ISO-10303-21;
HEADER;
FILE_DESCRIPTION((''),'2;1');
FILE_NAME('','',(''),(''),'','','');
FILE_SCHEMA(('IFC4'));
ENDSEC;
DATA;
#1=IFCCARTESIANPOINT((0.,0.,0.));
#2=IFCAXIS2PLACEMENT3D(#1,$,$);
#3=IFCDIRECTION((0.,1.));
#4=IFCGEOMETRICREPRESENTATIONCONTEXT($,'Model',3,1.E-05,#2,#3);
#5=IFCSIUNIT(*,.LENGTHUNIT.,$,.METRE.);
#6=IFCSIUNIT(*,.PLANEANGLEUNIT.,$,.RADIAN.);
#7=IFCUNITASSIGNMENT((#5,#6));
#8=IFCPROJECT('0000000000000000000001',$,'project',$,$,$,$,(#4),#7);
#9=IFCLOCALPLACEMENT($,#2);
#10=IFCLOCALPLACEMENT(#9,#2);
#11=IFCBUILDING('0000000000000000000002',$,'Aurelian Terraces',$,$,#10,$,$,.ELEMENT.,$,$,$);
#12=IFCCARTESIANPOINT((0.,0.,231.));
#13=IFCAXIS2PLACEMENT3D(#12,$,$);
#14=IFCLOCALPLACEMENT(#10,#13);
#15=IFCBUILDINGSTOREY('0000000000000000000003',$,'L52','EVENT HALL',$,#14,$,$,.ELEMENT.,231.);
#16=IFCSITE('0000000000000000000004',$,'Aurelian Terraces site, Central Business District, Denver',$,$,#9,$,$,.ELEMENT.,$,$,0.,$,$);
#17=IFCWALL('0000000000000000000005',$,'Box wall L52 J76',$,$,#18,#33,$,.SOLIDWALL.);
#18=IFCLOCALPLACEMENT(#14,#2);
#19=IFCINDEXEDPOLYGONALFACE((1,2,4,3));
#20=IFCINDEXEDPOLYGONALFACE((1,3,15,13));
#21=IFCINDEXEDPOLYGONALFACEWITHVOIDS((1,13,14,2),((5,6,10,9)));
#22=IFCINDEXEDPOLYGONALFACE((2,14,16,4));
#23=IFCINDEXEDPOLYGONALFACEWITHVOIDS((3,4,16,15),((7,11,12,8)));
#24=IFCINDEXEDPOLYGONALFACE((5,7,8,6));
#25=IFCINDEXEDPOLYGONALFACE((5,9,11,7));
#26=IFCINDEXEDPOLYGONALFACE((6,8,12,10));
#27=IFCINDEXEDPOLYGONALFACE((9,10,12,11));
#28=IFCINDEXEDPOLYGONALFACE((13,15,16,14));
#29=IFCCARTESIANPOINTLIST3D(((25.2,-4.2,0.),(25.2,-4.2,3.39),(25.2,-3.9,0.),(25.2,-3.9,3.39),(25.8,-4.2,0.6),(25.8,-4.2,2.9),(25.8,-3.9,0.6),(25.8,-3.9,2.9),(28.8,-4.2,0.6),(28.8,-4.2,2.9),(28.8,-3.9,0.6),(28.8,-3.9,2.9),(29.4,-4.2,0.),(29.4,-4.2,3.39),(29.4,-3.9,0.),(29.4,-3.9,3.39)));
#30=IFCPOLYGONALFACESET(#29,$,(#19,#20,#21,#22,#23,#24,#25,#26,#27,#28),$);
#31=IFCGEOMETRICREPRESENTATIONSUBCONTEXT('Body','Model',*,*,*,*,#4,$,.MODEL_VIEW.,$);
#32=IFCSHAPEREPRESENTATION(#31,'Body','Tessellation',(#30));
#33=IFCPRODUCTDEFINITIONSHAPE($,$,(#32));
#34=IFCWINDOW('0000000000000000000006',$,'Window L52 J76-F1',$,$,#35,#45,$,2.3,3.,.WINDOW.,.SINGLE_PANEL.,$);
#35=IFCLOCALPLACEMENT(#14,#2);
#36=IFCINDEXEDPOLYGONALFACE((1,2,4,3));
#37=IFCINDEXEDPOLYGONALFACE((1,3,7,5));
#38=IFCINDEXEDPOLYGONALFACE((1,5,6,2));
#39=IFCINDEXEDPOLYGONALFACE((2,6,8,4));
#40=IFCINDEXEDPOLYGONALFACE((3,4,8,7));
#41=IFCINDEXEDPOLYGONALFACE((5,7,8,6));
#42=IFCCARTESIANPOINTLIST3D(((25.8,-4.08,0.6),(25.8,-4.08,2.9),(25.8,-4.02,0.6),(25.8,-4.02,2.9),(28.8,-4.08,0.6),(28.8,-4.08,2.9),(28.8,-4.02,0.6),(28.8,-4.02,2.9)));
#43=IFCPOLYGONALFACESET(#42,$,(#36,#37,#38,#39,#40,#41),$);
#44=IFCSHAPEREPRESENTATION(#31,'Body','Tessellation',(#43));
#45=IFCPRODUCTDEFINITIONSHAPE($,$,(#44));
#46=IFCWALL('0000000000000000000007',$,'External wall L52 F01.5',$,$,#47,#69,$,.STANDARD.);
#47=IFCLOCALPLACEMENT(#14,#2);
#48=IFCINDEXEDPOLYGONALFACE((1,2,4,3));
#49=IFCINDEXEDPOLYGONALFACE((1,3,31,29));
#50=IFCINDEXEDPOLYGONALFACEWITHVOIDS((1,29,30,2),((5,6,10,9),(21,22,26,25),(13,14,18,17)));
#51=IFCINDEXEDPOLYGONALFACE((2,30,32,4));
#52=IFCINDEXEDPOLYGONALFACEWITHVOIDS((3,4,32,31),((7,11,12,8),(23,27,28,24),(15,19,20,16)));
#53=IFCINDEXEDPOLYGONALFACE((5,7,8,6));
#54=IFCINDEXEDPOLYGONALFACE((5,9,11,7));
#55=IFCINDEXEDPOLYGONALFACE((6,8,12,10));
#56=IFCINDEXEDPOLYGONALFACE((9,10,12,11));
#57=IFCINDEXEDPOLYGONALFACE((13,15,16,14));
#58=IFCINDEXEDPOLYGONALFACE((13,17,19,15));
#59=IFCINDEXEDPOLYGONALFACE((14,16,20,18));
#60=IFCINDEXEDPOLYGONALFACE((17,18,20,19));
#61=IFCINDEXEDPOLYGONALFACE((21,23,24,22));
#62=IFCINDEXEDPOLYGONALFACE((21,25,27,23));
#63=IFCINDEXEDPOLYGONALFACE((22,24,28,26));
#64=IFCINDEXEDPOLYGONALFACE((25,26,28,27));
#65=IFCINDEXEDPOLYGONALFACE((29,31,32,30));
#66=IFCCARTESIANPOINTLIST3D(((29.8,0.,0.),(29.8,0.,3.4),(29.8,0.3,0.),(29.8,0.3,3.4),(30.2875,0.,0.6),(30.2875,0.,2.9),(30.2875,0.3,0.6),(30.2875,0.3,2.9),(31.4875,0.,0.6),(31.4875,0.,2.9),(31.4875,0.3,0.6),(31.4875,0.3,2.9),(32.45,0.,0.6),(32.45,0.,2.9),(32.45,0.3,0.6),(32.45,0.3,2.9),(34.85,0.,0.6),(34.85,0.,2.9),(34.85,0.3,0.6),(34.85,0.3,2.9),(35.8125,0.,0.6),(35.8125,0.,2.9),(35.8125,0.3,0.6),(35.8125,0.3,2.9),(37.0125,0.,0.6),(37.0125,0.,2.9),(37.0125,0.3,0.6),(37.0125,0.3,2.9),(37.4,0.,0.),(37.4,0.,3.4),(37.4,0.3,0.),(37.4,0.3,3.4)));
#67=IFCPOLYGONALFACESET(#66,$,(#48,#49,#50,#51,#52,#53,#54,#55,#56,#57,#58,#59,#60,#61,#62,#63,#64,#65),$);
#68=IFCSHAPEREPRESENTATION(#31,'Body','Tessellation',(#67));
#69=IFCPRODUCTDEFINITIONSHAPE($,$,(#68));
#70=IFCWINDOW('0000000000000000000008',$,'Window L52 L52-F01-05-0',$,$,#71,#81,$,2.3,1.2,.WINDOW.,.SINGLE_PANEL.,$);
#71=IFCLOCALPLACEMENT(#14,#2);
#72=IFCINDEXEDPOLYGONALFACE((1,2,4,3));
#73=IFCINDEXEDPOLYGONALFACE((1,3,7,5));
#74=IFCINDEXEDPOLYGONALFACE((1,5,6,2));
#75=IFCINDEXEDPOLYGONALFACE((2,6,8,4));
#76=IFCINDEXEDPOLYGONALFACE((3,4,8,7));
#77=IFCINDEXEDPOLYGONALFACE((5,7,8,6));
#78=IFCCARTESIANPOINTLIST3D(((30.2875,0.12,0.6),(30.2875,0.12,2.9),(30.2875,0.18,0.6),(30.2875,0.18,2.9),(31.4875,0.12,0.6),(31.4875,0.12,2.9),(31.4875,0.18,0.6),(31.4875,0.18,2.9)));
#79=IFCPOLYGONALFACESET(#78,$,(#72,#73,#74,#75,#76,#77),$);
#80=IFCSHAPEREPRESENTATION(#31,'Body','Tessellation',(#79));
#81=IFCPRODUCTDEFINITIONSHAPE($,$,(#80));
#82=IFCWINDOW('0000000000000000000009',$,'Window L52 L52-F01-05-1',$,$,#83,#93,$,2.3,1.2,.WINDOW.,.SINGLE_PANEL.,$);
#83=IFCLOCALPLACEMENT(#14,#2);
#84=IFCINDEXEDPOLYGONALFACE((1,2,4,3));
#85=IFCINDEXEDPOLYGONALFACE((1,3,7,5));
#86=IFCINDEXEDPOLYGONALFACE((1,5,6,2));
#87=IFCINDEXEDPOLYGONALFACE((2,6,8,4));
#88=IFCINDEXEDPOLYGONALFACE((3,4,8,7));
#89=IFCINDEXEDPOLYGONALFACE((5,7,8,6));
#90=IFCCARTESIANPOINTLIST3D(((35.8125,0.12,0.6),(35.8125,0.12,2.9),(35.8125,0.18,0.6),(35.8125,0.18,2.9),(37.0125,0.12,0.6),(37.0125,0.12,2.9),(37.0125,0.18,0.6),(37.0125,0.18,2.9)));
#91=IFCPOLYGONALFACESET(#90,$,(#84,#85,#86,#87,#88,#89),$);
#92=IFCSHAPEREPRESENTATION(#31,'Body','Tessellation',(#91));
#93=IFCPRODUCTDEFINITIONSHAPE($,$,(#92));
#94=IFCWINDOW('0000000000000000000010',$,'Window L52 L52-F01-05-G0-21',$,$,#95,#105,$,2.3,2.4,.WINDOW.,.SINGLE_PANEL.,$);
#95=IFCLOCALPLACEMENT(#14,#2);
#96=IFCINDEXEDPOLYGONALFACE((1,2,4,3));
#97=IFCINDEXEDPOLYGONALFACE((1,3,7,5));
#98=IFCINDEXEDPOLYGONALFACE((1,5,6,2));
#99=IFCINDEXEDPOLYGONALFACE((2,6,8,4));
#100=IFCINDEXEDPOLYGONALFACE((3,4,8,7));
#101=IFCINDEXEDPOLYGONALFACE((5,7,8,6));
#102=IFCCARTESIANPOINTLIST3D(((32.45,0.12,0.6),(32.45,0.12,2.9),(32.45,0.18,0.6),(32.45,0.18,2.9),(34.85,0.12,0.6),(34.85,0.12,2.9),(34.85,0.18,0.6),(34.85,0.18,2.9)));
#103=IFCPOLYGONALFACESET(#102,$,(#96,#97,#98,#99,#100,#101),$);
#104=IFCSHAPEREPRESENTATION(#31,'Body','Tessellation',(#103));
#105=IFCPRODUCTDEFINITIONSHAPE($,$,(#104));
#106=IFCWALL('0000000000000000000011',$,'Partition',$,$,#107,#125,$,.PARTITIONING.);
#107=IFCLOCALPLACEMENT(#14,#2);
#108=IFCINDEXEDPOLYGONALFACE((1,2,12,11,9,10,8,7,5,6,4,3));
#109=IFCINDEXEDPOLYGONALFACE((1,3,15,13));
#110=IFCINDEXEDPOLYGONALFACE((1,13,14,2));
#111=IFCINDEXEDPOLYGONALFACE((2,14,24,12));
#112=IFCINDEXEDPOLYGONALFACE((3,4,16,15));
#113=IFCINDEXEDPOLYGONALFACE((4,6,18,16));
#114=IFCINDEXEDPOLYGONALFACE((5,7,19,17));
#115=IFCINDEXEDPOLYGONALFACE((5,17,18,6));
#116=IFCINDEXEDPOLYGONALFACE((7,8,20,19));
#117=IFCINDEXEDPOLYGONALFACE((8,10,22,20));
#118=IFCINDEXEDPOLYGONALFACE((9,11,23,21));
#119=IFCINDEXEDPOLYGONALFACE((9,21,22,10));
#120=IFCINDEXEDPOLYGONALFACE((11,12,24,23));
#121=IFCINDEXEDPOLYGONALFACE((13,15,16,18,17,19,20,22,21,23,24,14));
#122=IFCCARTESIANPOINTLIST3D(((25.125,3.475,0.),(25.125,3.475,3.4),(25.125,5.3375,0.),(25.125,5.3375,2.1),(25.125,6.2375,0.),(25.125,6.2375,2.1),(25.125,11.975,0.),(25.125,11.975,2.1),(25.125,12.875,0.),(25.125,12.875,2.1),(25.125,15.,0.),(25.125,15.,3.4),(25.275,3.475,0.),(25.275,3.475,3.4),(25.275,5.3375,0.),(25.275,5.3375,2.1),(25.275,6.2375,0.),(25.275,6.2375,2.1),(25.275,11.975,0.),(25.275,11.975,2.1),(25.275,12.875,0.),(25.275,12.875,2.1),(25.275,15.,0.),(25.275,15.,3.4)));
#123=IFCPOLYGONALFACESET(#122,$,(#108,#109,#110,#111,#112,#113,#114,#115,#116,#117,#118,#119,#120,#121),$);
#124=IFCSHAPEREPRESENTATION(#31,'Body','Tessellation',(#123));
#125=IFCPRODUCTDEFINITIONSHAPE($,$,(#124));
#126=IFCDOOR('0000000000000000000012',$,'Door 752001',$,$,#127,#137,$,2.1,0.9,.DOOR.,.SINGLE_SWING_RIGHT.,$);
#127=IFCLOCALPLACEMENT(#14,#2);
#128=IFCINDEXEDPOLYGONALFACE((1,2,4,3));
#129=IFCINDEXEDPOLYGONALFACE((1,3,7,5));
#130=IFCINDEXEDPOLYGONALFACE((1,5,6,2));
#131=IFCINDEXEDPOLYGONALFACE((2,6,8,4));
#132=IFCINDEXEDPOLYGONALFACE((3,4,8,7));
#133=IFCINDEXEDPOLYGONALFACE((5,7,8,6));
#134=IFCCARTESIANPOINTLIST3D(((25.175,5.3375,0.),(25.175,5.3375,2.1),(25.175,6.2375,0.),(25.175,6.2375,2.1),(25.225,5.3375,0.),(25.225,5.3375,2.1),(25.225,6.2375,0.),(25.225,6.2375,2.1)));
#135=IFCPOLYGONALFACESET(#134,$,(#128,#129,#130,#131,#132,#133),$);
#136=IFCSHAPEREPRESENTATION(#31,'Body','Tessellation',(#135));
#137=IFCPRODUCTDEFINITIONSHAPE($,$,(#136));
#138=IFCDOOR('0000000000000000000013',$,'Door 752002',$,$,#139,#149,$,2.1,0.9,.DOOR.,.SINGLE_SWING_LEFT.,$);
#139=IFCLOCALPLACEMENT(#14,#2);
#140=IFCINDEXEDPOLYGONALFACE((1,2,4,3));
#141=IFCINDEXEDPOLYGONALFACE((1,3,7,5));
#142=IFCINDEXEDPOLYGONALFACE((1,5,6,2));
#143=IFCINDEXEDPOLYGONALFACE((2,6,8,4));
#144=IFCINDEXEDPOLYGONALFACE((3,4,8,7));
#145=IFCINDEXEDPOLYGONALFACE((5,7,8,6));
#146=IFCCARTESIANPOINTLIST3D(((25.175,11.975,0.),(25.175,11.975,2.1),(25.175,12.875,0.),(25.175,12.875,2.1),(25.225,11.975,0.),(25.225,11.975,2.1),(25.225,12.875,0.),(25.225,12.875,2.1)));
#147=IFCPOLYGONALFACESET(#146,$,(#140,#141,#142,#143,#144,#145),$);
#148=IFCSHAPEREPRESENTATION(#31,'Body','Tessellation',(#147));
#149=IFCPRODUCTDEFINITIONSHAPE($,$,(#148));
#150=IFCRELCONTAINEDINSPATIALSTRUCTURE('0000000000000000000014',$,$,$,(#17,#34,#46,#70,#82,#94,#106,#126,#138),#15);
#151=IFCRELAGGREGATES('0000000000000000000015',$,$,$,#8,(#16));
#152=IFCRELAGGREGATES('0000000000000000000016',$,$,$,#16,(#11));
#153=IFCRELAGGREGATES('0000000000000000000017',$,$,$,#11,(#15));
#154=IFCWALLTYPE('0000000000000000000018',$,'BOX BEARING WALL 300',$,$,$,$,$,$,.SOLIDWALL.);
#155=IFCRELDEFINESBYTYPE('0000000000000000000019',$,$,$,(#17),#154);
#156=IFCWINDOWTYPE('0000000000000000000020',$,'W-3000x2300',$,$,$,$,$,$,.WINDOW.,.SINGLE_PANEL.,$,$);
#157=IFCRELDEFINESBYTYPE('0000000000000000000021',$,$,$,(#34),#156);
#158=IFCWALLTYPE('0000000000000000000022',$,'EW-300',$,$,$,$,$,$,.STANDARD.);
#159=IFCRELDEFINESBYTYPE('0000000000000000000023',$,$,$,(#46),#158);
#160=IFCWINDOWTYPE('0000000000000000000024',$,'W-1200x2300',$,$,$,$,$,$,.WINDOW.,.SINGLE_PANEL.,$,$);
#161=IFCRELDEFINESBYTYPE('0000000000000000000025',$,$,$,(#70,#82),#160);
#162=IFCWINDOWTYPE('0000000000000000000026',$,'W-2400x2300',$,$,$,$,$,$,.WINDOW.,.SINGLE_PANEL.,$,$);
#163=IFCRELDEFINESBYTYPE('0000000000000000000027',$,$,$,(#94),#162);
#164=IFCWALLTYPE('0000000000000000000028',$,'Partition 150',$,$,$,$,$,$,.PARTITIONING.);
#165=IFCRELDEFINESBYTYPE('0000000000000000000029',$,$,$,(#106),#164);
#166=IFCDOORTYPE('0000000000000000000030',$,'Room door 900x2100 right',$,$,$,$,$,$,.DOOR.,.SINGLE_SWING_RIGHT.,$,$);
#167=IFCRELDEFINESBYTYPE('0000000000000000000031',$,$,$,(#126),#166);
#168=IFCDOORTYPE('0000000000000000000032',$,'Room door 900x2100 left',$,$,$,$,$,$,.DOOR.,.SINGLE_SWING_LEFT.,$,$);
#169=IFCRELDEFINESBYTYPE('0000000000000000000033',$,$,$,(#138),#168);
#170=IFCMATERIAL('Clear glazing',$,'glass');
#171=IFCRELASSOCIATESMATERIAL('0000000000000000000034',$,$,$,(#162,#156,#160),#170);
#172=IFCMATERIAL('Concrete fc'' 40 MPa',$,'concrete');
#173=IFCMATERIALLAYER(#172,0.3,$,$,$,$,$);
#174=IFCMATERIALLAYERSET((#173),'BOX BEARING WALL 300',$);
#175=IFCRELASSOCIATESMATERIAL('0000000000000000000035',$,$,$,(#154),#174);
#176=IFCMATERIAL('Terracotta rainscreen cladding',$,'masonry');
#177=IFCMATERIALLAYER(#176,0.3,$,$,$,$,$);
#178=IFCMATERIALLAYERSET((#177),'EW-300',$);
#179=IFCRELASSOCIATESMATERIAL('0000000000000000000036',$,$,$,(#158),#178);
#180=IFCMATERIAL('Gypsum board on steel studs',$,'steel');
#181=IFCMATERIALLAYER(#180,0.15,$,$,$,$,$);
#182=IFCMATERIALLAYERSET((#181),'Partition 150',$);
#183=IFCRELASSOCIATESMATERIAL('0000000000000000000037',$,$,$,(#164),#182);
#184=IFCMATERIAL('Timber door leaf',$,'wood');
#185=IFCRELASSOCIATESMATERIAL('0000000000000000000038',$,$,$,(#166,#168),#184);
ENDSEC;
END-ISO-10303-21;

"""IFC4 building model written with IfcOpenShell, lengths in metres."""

from ifc_helpers import new_model, si_unit, direction, frame, frame_2d, origin, place, context, subcontext, project, spatial, rectangle, extrude, source, transform, mapped, material, layer, layer_set, type_object, element, fill, save


model = new_model("IFC4")

# Units and contexts
model_context = context("Model", 3, precision=1e-05, world=origin(), true_north=direction((0.0, 1.0)))
body_context = subcontext(model_context, "Body", "Model", "MODEL_VIEW")
ifc_project = project(units=[si_unit("LENGTHUNIT", "METRE"), si_unit("PLANEANGLEUNIT", "RADIAN")], contexts=[model_context])

# Site, building, storey
site_placement = place(None, origin())
site = spatial("IfcSite", under=ifc_project, at=site_placement, Name="Aurelian Terraces site, Central Business District, Denver", CompositionType="ELEMENT", RefElevation=0.0)
building_placement = place(site_placement, origin())
building = spatial("IfcBuilding", under=site, at=building_placement, Name="Aurelian Terraces", CompositionType="ELEMENT")
storey_placement = place(building_placement, frame((0.0, 0.0, 231.0)))
storey = spatial("IfcBuildingStorey", under=building, at=storey_placement, Name="L52", Description="EVENT HALL", CompositionType="ELEMENT", Elevation=231.0)

# Wall, opening, window
ifc_material_1 = material(Name="Concrete fc' 40 MPa", Category="concrete")
ifc_material_2 = material(Name="Clear glazing", Category="glass")
window_type_1 = type_object("IfcWindowType", Name="W-2400x2300", PartitioningType="SINGLE_PANEL", PredefinedType="WINDOW", material=ifc_material_2)
shared_shape_1 = source(origin(), body_context, "Body", "SweptSolid", [
    extrude(rectangle(XDim=2.4, YDim=2.3, at=frame_2d((1.2, 1.15))), frame((0.0, 0.03, 0.0), z_axis=(0.0, -1.0, 0.0), x_axis=(1.0, 0.0, 0.0)), (0.0, 0.0, 1.0), 0.06),
])
ifc_layer_1 = layer(ifc_material_1, 0.3)
ifc_layer_set_1 = layer_set([ifc_layer_1], Name="BOX BEARING WALL 300")
wall_type_1 = type_object("IfcWallType", Name="BOX BEARING WALL 300", PredefinedType="SOLIDWALL", material=ifc_layer_set_1)
shared_shape_2 = source(origin(), body_context, "Body", "SweptSolid", [
    extrude(rectangle(XDim=4.2, YDim=0.3, at=frame_2d((2.1, 0.0))), origin(), (0.0, 0.0, 1.0), 3.39),
])
wall_1_placement = place(storey_placement, frame((25.2, -4.05, 0.0), z_axis=(0.0, 0.0, 1.0), x_axis=(1.0, 0.0, 0.0)))
wall_1 = element("IfcWall", 1, at=wall_1_placement, inside=storey, type_object=wall_type_1, Name="Box wall L52 J76", PredefinedType="SOLIDWALL", context=body_context, shape_type="MappedRepresentation", body=[
    mapped(shared_shape_2, transform((0.0, 0.0, 0.0), scale=1.0)),
])
shared_shape_3 = source(origin(), body_context, "Body", "SweptSolid", [
    extrude(rectangle(XDim=3.0, YDim=2.3, at=frame_2d((1.5, 1.15))), frame((0.0, 0.16, 0.0), z_axis=(0.0, -1.0, 0.0), x_axis=(1.0, 0.0, 0.0)), (0.0, 0.0, 1.0), 0.32),
])
opening_1_placement = place(wall_1_placement, frame((0.6, 0.0, 0.6)))
opening_1 = element("IfcOpeningElement", 2, at=opening_1_placement, cuts=wall_1, PredefinedType="OPENING", context=body_context, shape_type="MappedRepresentation", body=[
    mapped(shared_shape_3, transform((0.0, 0.0, 0.0), scale=1.0)),
])
window_type_2 = type_object("IfcWindowType", Name="W-3000x2300", PartitioningType="SINGLE_PANEL", PredefinedType="WINDOW", material=ifc_material_2)
shared_shape_4 = source(origin(), body_context, "Body", "SweptSolid", [
    extrude(rectangle(XDim=3.0, YDim=2.3, at=frame_2d((1.5, 1.15))), frame((0.0, 0.03, 0.0), z_axis=(0.0, -1.0, 0.0), x_axis=(1.0, 0.0, 0.0)), (0.0, 0.0, 1.0), 0.06),
])
window_1_placement = place(opening_1_placement, origin())
window_1 = element("IfcWindow", 3, at=window_1_placement, inside=storey, type_object=window_type_2, Name="Window L52 J76-F1", OverallHeight=2.3, OverallWidth=3.0, PartitioningType="SINGLE_PANEL", PredefinedType="WINDOW", context=body_context, shape_type="MappedRepresentation", body=[
    mapped(shared_shape_4, transform((0.0, 0.0, 0.0), scale=1.0)),
])
fill(opening_1, window_1)

# Wall, openings, windows
ifc_material_3 = material(Name="Terracotta rainscreen cladding", Category="masonry")
ifc_layer_2 = layer(ifc_material_3, 0.3)
ifc_layer_set_2 = layer_set([ifc_layer_2], Name="EW-300")
wall_type_2 = type_object("IfcWallType", Name="EW-300", PredefinedType="STANDARD", material=ifc_layer_set_2)
shared_shape_5 = source(origin(), body_context, "Body", "SweptSolid", [
    extrude(rectangle(XDim=7.6, YDim=0.3, at=frame_2d((3.8, 0.0))), origin(), (0.0, 0.0, 1.0), 3.4),
])
wall_2_placement = place(storey_placement, frame((29.8, 0.15, 0.0), z_axis=(0.0, 0.0, 1.0), x_axis=(1.0, 0.0, 0.0)))
wall_2 = element("IfcWall", 4, at=wall_2_placement, inside=storey, type_object=wall_type_2, Name="External wall L52 F01.5", PredefinedType="STANDARD", context=body_context, shape_type="MappedRepresentation", body=[
    mapped(shared_shape_5, transform((0.0, 0.0, 0.0), scale=1.0)),
])
shared_shape_6 = source(origin(), body_context, "Body", "SweptSolid", [
    extrude(rectangle(XDim=1.2, YDim=2.3, at=frame_2d((0.6, 1.15))), frame((0.0, 0.16, 0.0), z_axis=(0.0, -1.0, 0.0), x_axis=(1.0, 0.0, 0.0)), (0.0, 0.0, 1.0), 0.32),
])
opening_2_placement = place(wall_2_placement, frame((0.4875, 0.0, 0.6)))
opening_2 = element("IfcOpeningElement", 5, at=opening_2_placement, cuts=wall_2, PredefinedType="OPENING", context=body_context, shape_type="MappedRepresentation", body=[
    mapped(shared_shape_6, transform((0.0, 0.0, 0.0), scale=1.0)),
])
opening_3_placement = place(wall_2_placement, frame((6.0125, 0.0, 0.6)))
opening_3 = element("IfcOpeningElement", 6, at=opening_3_placement, cuts=wall_2, PredefinedType="OPENING", context=body_context, shape_type="MappedRepresentation", body=[
    mapped(shared_shape_6, transform((0.0, 0.0, 0.0), scale=1.0)),
])
shared_shape_7 = source(origin(), body_context, "Body", "SweptSolid", [
    extrude(rectangle(XDim=2.4, YDim=2.3, at=frame_2d((1.2, 1.15))), frame((0.0, 0.16, 0.0), z_axis=(0.0, -1.0, 0.0), x_axis=(1.0, 0.0, 0.0)), (0.0, 0.0, 1.0), 0.32),
])
opening_4_placement = place(wall_2_placement, frame((2.65, 0.0, 0.6)))
opening_4 = element("IfcOpeningElement", 7, at=opening_4_placement, cuts=wall_2, PredefinedType="OPENING", context=body_context, shape_type="MappedRepresentation", body=[
    mapped(shared_shape_7, transform((0.0, 0.0, 0.0), scale=1.0)),
])
window_type_3 = type_object("IfcWindowType", Name="W-1200x2300", PartitioningType="SINGLE_PANEL", PredefinedType="WINDOW", material=ifc_material_2)
shared_shape_8 = source(origin(), body_context, "Body", "SweptSolid", [
    extrude(rectangle(XDim=1.2, YDim=2.3, at=frame_2d((0.6, 1.15))), frame((0.0, 0.03, 0.0), z_axis=(0.0, -1.0, 0.0), x_axis=(1.0, 0.0, 0.0)), (0.0, 0.0, 1.0), 0.06),
])
window_2_placement = place(opening_2_placement, origin())
window_2 = element("IfcWindow", 8, at=window_2_placement, inside=storey, type_object=window_type_3, Name="Window L52 L52-F01-05-0", OverallHeight=2.3, OverallWidth=1.2, PartitioningType="SINGLE_PANEL", PredefinedType="WINDOW", context=body_context, shape_type="MappedRepresentation", body=[
    mapped(shared_shape_8, transform((0.0, 0.0, 0.0), scale=1.0)),
])
fill(opening_2, window_2)
window_3_placement = place(opening_3_placement, origin())
window_3 = element("IfcWindow", 9, at=window_3_placement, inside=storey, type_object=window_type_3, Name="Window L52 L52-F01-05-1", OverallHeight=2.3, OverallWidth=1.2, PartitioningType="SINGLE_PANEL", PredefinedType="WINDOW", context=body_context, shape_type="MappedRepresentation", body=[
    mapped(shared_shape_8, transform((0.0, 0.0, 0.0), scale=1.0)),
])
fill(opening_3, window_3)
window_4_placement = place(opening_4_placement, origin())
window_4 = element("IfcWindow", 10, at=window_4_placement, inside=storey, type_object=window_type_1, Name="Window L52 L52-F01-05-G0-21", OverallHeight=2.3, OverallWidth=2.4, PartitioningType="SINGLE_PANEL", PredefinedType="WINDOW", context=body_context, shape_type="MappedRepresentation", body=[
    mapped(shared_shape_1, transform((0.0, 0.0, 0.0), scale=1.0)),
])
fill(opening_4, window_4)

# Wall, openings, doors
ifc_material_4 = material(Name="Gypsum board on steel studs", Category="steel")
ifc_layer_3 = layer(ifc_material_4, 0.15)
ifc_layer_set_3 = layer_set([ifc_layer_3], Name="Partition 150")
wall_type_3 = type_object("IfcWallType", Name="Partition 150", PredefinedType="PARTITIONING", material=ifc_layer_set_3)
shared_shape_9 = source(origin(), body_context, "Body", "SweptSolid", [
    extrude(rectangle(XDim=11.525, YDim=0.15, at=frame_2d((5.7625, 0.0))), origin(), (0.0, 0.0, 1.0), 3.4),
])
wall_3_placement = place(storey_placement, frame((25.2, 15.0, 0.0), z_axis=(0.0, 0.0, 1.0), x_axis=(0.0, -1.0, 0.0)))
wall_3 = element("IfcWall", 11, at=wall_3_placement, inside=storey, type_object=wall_type_3, Name="Partition", PredefinedType="PARTITIONING", context=body_context, shape_type="MappedRepresentation", body=[
    mapped(shared_shape_9, transform((0.0, 0.0, 0.0), scale=1.0)),
])
shared_shape_10 = source(origin(), body_context, "Body", "SweptSolid", [
    extrude(rectangle(XDim=0.9, YDim=2.1, at=frame_2d((0.45, 1.05))), frame((0.0, 0.085, 0.0), z_axis=(0.0, -1.0, 0.0), x_axis=(1.0, 0.0, 0.0)), (0.0, 0.0, 1.0), 0.17),
])
opening_5_placement = place(wall_3_placement, frame((8.7625, 0.0, 0.0)))
opening_5 = element("IfcOpeningElement", 12, at=opening_5_placement, cuts=wall_3, PredefinedType="OPENING", context=body_context, shape_type="MappedRepresentation", body=[
    mapped(shared_shape_10, transform((0.0, 0.0, 0.0), scale=1.0)),
])
opening_6_placement = place(wall_3_placement, frame((2.125, 0.0, 0.0)))
opening_6 = element("IfcOpeningElement", 13, at=opening_6_placement, cuts=wall_3, PredefinedType="OPENING", context=body_context, shape_type="MappedRepresentation", body=[
    mapped(shared_shape_10, transform((0.0, 0.0, 0.0), scale=1.0)),
])
ifc_material_5 = material(Name="Timber door leaf", Category="wood")
door_type_1 = type_object("IfcDoorType", Name="Room door 900x2100 right", OperationType="SINGLE_SWING_RIGHT", PredefinedType="DOOR", material=ifc_material_5)
shared_shape_11 = source(origin(), body_context, "Body", "SweptSolid", [
    extrude(rectangle(XDim=0.9, YDim=2.1, at=frame_2d((0.45, 1.05))), frame((0.0, 0.025, 0.0), z_axis=(0.0, -1.0, 0.0), x_axis=(1.0, 0.0, 0.0)), (0.0, 0.0, 1.0), 0.05),
])
door_1_placement = place(opening_5_placement, origin())
door_1 = element("IfcDoor", 14, at=door_1_placement, inside=storey, type_object=door_type_1, Name="Door 752001", OperationType="SINGLE_SWING_RIGHT", OverallHeight=2.1, OverallWidth=0.9, PredefinedType="DOOR", context=body_context, shape_type="MappedRepresentation", body=[
    mapped(shared_shape_11, transform((0.0, 0.0, 0.0), scale=1.0)),
])
fill(opening_5, door_1)
door_type_2 = type_object("IfcDoorType", Name="Room door 900x2100 left", OperationType="SINGLE_SWING_LEFT", PredefinedType="DOOR", material=ifc_material_5)
door_2_placement = place(opening_6_placement, origin())
door_2 = element("IfcDoor", 15, at=door_2_placement, inside=storey, type_object=door_type_2, Name="Door 752002", OperationType="SINGLE_SWING_LEFT", OverallHeight=2.1, OverallWidth=0.9, PredefinedType="DOOR", context=body_context, shape_type="MappedRepresentation", body=[
    mapped(shared_shape_11, transform((0.0, 0.0, 0.0), scale=1.0)),
])
fill(opening_6, door_2)

save(model, "model.ifc")
